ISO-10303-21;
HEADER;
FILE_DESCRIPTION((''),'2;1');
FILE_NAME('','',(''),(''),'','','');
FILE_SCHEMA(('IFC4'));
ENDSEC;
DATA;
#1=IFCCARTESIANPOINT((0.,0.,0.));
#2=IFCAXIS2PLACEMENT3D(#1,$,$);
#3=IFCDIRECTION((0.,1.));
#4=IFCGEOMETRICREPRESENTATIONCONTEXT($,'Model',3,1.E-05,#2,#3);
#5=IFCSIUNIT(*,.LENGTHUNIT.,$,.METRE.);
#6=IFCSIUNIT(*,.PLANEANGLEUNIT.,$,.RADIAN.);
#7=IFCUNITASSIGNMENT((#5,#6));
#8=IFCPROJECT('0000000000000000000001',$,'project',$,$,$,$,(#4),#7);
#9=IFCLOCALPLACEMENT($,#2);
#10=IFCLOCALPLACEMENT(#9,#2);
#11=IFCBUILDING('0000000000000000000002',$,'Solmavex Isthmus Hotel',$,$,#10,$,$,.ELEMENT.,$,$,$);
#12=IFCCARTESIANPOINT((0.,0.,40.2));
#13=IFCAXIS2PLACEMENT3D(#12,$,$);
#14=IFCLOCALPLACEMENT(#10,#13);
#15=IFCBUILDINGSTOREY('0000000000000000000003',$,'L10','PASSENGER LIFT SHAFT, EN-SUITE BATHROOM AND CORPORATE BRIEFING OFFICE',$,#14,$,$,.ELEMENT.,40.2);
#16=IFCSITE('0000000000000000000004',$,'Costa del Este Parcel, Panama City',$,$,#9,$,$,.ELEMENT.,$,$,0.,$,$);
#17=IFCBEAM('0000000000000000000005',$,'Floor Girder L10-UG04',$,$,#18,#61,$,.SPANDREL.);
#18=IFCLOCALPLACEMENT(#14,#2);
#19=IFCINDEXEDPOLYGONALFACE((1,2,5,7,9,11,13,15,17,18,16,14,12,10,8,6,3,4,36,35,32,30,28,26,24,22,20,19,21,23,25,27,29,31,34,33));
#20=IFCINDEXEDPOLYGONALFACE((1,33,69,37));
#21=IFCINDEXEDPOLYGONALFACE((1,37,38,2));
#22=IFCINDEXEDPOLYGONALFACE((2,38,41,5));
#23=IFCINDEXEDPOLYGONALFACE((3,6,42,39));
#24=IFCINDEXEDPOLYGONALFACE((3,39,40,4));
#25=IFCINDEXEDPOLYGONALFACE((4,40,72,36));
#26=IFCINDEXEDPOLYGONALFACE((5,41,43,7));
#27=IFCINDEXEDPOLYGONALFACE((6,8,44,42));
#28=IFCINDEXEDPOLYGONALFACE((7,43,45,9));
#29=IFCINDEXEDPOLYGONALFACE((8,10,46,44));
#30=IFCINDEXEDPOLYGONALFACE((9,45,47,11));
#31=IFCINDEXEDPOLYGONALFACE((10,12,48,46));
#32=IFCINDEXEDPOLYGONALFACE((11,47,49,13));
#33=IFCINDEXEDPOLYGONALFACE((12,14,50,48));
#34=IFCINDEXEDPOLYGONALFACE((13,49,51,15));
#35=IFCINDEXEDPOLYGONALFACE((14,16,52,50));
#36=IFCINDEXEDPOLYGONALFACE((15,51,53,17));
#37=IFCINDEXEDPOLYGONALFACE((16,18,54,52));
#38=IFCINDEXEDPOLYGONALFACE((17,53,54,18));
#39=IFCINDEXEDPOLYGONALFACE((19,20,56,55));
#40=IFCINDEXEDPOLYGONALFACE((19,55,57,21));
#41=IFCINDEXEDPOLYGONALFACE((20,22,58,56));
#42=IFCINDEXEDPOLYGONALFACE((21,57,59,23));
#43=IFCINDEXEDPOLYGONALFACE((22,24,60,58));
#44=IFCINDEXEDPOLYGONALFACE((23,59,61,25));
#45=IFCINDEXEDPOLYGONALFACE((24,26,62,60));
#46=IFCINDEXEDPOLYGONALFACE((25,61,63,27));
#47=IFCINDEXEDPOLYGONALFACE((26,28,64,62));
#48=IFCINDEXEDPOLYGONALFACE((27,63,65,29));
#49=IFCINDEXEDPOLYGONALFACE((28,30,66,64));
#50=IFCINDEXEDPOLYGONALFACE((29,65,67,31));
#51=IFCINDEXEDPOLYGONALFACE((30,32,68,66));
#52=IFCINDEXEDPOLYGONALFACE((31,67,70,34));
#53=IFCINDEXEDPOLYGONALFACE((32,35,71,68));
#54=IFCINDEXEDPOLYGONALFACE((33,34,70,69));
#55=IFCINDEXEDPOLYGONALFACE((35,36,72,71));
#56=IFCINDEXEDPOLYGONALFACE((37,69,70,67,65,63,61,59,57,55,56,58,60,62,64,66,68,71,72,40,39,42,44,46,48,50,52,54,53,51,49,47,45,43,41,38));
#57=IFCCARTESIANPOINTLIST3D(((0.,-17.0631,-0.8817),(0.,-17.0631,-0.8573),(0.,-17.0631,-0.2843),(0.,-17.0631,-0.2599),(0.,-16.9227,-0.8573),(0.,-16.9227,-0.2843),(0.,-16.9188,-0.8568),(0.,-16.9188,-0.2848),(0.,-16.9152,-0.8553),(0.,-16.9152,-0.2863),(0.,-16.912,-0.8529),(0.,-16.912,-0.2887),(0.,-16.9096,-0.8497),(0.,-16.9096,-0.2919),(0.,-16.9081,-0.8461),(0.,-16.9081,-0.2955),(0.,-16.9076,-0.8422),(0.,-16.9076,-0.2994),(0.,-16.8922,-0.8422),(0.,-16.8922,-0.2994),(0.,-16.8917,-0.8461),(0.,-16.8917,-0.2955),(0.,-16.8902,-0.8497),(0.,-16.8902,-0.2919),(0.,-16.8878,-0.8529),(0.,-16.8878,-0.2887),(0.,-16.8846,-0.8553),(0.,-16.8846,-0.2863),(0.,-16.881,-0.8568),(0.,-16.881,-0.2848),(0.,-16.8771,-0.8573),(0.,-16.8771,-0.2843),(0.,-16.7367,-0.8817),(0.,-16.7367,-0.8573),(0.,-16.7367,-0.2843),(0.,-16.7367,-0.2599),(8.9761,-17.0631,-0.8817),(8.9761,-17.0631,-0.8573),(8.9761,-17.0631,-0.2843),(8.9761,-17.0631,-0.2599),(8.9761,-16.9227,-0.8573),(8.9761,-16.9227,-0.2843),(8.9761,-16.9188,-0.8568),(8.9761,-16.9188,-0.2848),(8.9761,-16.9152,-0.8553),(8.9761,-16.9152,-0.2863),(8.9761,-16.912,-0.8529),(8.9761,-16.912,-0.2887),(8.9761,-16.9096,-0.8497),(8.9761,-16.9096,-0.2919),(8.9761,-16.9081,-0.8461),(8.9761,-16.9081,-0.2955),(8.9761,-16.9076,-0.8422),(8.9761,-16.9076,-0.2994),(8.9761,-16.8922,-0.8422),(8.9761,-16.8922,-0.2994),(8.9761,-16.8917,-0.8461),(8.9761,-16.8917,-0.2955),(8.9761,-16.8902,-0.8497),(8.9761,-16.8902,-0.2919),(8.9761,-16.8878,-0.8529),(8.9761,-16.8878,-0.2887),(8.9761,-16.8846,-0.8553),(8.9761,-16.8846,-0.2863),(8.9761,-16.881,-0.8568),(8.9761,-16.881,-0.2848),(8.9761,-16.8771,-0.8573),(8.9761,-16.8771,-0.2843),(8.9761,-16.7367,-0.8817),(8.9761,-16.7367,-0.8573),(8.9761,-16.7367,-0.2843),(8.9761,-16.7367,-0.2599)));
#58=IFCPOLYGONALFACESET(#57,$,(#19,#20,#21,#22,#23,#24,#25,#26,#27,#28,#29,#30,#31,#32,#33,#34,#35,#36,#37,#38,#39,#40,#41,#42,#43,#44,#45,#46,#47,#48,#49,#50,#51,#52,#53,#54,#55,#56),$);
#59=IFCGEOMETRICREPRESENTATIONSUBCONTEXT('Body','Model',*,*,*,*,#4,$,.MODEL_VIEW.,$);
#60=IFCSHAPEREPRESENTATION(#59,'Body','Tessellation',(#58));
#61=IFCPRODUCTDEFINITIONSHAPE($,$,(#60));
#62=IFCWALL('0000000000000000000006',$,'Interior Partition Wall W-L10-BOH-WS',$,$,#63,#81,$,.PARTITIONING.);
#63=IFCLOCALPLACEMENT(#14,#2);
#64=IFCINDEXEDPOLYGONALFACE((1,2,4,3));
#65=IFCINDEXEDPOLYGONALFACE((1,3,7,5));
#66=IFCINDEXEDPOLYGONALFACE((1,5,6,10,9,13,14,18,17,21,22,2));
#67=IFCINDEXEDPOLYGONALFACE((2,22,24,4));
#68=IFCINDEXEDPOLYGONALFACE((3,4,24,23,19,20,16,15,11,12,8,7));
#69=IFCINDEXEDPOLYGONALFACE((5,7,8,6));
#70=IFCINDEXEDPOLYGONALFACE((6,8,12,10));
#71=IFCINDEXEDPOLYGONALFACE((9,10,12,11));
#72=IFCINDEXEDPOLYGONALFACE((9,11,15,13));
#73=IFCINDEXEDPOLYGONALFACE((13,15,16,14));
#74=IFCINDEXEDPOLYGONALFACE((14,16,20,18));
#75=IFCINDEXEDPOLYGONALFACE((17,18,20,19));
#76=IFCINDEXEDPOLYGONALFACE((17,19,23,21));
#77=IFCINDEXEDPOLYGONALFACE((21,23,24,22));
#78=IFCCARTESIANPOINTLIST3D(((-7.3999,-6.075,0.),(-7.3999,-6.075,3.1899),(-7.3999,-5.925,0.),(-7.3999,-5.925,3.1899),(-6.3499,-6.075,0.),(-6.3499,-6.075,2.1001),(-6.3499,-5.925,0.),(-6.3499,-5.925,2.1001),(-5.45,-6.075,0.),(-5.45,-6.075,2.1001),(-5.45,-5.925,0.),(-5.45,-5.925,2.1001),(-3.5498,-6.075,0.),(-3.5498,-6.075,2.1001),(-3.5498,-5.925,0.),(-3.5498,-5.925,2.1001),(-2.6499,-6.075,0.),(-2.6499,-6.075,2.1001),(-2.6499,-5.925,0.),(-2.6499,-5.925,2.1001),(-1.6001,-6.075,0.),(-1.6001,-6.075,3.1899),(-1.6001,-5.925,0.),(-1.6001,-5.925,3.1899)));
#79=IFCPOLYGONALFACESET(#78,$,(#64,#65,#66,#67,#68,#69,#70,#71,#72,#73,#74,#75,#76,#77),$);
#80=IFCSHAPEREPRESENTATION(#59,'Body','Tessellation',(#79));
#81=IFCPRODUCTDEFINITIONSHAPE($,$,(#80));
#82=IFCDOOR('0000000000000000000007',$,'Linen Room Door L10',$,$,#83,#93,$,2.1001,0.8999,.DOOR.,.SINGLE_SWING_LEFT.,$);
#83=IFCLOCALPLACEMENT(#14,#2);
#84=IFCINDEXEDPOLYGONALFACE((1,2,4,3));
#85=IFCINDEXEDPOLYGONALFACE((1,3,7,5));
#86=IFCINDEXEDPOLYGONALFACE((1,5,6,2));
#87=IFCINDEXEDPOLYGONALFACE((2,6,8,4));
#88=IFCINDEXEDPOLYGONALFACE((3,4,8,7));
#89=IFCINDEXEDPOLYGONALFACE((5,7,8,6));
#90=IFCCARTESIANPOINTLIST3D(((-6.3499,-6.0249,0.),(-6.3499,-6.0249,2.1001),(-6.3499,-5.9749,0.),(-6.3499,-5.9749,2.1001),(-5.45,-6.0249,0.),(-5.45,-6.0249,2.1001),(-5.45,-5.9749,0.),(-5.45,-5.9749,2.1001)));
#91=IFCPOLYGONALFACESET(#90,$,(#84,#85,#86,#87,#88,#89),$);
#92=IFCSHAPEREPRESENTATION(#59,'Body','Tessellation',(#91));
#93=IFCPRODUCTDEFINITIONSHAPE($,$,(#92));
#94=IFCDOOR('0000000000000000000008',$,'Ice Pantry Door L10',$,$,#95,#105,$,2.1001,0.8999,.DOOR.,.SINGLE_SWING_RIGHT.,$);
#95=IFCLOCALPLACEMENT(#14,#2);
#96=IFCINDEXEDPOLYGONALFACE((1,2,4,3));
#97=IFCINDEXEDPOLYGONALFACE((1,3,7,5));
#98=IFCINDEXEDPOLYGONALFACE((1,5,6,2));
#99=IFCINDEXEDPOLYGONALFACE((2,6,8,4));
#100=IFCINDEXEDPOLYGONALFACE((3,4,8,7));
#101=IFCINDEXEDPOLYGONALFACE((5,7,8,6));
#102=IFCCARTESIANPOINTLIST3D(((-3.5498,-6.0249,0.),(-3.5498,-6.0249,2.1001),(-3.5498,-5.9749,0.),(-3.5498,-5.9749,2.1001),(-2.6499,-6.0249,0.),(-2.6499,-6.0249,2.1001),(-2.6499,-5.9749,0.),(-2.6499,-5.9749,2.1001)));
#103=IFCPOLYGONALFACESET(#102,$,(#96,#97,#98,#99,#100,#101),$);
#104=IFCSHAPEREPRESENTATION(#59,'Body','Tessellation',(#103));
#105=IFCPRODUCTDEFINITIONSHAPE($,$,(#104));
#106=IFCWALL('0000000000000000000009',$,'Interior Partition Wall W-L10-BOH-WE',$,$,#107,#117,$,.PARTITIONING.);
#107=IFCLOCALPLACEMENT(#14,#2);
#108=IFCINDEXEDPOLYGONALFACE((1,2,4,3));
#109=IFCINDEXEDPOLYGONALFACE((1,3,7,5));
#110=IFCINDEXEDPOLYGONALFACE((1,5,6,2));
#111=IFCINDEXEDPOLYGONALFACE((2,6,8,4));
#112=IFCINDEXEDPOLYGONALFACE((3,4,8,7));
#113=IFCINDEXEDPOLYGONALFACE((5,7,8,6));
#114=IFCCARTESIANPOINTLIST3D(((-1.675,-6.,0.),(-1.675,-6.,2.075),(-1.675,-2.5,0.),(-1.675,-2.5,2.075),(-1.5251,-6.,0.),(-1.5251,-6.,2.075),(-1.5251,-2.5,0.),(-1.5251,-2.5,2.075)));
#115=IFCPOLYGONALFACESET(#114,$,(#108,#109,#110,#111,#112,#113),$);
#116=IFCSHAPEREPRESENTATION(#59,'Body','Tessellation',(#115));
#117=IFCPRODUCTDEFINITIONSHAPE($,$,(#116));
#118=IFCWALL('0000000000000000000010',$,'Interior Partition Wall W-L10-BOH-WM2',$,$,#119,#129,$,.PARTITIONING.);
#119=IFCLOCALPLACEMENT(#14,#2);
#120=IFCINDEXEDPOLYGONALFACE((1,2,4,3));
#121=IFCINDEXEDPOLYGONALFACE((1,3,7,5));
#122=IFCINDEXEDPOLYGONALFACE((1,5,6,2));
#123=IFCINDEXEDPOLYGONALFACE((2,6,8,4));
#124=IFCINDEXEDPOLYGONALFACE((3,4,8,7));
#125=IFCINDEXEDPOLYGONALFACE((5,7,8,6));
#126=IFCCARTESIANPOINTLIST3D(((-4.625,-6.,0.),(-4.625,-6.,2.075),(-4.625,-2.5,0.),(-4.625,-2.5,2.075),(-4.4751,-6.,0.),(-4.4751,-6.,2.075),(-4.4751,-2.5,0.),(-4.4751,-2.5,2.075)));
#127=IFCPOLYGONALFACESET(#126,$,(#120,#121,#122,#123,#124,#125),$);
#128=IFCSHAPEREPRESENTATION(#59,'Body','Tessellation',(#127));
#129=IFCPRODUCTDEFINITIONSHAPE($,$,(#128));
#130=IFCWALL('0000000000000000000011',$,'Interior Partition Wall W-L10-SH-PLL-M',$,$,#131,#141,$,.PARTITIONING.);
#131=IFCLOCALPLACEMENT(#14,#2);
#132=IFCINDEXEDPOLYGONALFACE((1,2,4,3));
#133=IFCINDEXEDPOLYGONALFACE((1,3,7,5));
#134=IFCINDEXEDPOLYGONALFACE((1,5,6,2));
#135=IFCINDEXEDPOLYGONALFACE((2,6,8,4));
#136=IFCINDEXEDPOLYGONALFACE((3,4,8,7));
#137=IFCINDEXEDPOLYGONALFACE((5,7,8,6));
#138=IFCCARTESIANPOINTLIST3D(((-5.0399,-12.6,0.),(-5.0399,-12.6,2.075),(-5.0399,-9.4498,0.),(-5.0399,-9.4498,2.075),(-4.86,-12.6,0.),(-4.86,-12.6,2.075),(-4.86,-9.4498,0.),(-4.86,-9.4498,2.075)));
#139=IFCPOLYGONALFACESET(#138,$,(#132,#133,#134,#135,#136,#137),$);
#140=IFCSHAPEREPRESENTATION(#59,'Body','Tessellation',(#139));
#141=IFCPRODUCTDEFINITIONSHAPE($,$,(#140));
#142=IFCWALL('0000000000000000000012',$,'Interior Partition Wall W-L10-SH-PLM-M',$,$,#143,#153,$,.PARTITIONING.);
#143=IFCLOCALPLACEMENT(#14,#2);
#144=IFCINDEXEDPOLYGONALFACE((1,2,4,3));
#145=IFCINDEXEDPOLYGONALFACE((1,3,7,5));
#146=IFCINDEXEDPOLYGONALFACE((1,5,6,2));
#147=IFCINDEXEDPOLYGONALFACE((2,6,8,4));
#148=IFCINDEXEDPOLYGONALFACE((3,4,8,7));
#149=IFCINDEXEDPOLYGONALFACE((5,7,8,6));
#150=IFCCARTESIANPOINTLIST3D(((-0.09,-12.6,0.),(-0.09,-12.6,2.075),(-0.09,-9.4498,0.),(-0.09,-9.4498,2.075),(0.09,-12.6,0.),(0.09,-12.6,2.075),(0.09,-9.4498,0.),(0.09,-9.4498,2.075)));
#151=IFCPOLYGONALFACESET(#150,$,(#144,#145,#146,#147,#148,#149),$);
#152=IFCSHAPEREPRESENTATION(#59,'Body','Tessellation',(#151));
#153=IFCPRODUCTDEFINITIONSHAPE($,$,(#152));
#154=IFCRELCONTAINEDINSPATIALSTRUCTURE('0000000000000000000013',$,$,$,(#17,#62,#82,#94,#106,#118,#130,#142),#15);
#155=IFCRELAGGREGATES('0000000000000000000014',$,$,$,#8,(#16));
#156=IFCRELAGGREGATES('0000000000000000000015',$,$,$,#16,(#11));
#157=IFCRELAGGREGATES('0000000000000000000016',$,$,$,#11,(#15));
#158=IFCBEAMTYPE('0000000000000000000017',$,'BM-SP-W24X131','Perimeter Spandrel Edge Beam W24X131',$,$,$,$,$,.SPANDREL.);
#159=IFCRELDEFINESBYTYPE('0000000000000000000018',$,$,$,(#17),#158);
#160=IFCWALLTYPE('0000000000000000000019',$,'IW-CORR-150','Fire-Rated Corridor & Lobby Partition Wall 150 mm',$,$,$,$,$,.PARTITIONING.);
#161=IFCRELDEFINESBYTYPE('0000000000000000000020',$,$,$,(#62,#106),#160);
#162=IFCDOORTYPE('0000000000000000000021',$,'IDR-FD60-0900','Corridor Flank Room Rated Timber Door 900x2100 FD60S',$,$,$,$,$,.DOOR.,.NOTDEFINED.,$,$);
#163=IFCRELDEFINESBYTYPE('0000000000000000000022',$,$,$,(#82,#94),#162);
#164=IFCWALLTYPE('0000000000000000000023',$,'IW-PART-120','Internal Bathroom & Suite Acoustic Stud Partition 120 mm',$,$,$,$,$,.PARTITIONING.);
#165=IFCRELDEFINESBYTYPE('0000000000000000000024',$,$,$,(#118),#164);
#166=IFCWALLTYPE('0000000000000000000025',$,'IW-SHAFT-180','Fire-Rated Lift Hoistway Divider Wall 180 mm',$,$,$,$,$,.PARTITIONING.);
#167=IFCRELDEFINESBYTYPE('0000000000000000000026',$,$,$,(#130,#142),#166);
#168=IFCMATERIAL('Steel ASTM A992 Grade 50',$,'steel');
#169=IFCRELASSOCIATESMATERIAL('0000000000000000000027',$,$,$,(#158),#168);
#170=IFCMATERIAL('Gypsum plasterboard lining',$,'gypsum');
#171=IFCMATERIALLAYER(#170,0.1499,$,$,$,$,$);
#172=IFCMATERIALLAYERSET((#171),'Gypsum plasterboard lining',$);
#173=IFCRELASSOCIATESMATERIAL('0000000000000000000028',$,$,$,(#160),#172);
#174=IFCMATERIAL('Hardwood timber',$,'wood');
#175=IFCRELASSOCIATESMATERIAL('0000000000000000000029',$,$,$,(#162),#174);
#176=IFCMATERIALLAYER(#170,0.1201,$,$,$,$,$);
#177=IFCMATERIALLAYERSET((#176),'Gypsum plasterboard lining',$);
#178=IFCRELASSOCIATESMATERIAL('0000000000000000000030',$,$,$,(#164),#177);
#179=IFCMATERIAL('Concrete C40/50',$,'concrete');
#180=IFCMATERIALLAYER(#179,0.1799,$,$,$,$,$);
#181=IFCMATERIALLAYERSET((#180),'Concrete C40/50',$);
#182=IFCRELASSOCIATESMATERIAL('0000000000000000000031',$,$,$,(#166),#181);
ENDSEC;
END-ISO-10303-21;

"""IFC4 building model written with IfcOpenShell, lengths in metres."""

from ifc_helpers import new_model, si_unit, direction, frame, frame_2d, origin, origin_2d, place, context, subcontext, project, spatial, rectangle, i_section, extrude, material, layer, layer_set, material_profile, profile_set, type_object, element, fill, save


model = new_model("IFC4")

# Units and contexts
model_context = context("Model", 3, precision=1e-05, world=origin(), true_north=direction((0.0, 1.0)))
body_context = subcontext(model_context, "Body", "Model", "MODEL_VIEW")
ifc_project = project(units=[si_unit("LENGTHUNIT", "METRE"), si_unit("PLANEANGLEUNIT", "RADIAN")], contexts=[model_context])

# Site, building, storey
site_placement = place(None, origin())
site = spatial("IfcSite", under=ifc_project, at=site_placement, Name="Costa del Este Parcel, Panama City", CompositionType="ELEMENT", RefElevation=0.0)
building_placement = place(site_placement, origin())
building = spatial("IfcBuilding", under=site, at=building_placement, Name="Solmavex Isthmus Hotel", CompositionType="ELEMENT")
storey_placement = place(building_placement, frame((0.0, 0.0, 40.2)))
storey = spatial("IfcBuildingStorey", under=building, at=storey_placement, Name="L10", Description="PASSENGER LIFT SHAFT, EN-SUITE BATHROOM AND CORPORATE BRIEFING OFFICE", CompositionType="ELEMENT", Elevation=40.2)

# Beam
ifc_material_1 = material(Name="Steel ASTM A992 Grade 50", Category="steel")
ifc_material_profile_1 = material_profile(ifc_material_1, i_section(OverallWidth=0.3264, OverallDepth=0.6218, WebThickness=0.0154, FlangeThickness=0.0244, FilletRadius=0.0151, at=origin_2d()), Name="W24X131")
ifc_profile_set_1 = profile_set([ifc_material_profile_1], Name="Steel ASTM A992 Grade 50")
beam_type_1 = type_object("IfcBeamType", Name="BM-SP-W24X131", Description="Perimeter Spandrel Edge Beam W24X131", PredefinedType="SPANDREL", material=ifc_profile_set_1)
beam_1_placement = place(storey_placement, frame((0.0, -16.8999, -0.5708), z_axis=(1.0, 0.0, 0.0), x_axis=(0.0, 1.0, 0.0)))
element("IfcBeam", 1, at=beam_1_placement, inside=storey, type_object=beam_type_1, Name="Floor Girder L10-UG04", PredefinedType="SPANDREL", context=body_context, shape_type="SweptSolid", body=[
    extrude(i_section(OverallWidth=0.3264, OverallDepth=0.6218, WebThickness=0.0154, FlangeThickness=0.0244, FilletRadius=0.0151, at=origin_2d()), origin(), (0.0, 0.0, 1.0), 8.9761),
])

# Wall, openings, doors
ifc_material_2 = material(Name="Gypsum plasterboard lining", Category="gypsum")
ifc_layer_1 = layer(ifc_material_2, 0.1499)
ifc_layer_set_1 = layer_set([ifc_layer_1], Name="Gypsum plasterboard lining")
wall_type_1 = type_object("IfcWallType", Name="IW-CORR-150", Description="Fire-Rated Corridor & Lobby Partition Wall 150 mm", PredefinedType="PARTITIONING", material=ifc_layer_set_1)
wall_1_placement = place(storey_placement, frame((-7.3999, -6.0, 0.0), z_axis=(0.0, 0.0, 1.0), x_axis=(1.0, 0.0, 0.0)))
wall_1 = element("IfcWall", 2, at=wall_1_placement, inside=storey, type_object=wall_type_1, Name="Interior Partition Wall W-L10-BOH-WS", PredefinedType="PARTITIONING", context=body_context, shape_type="SweptSolid", body=[
    extrude(rectangle(XDim=5.7998, YDim=0.1499, at=frame_2d((2.8999, 0.0))), origin(), (0.0, 0.0, 1.0), 3.1899),
])
opening_1_placement = place(wall_1_placement, frame((1.05, 0.0, 0.0)))
opening_1 = element("IfcOpeningElement", 3, at=opening_1_placement, cuts=wall_1, PredefinedType="OPENING", context=body_context, shape_type="SweptSolid", body=[
    extrude(rectangle(XDim=0.8999, YDim=2.1001, at=frame_2d((0.45, 1.05))), frame((0.0, 0.085, 0.0), z_axis=(0.0, -1.0, 0.0), x_axis=(1.0, 0.0, 0.0)), (0.0, 0.0, 1.0), 0.1699),
])
opening_2_placement = place(wall_1_placement, frame((3.8501, 0.0, 0.0)))
opening_2 = element("IfcOpeningElement", 4, at=opening_2_placement, cuts=wall_1, PredefinedType="OPENING", context=body_context, shape_type="SweptSolid", body=[
    extrude(rectangle(XDim=0.8999, YDim=2.1001, at=frame_2d((0.45, 1.05))), frame((0.0, 0.085, 0.0), z_axis=(0.0, -1.0, 0.0), x_axis=(1.0, 0.0, 0.0)), (0.0, 0.0, 1.0), 0.1699),
])
ifc_material_3 = material(Name="Hardwood timber", Category="wood")
door_type_1 = type_object("IfcDoorType", Name="IDR-FD60-0900", Description="Corridor Flank Room Rated Timber Door 900x2100 FD60S", OperationType="NOTDEFINED", PredefinedType="DOOR", material=ifc_material_3)
door_1_placement = place(opening_1_placement, frame((0.8999, 0.0, 0.0), z_axis=(0.0, 0.0, 1.0), x_axis=(-1.0, 0.0, 0.0)))
door_1 = element("IfcDoor", 5, at=door_1_placement, inside=storey, type_object=door_type_1, Name="Linen Room Door L10", OperationType="SINGLE_SWING_LEFT", OverallHeight=2.1001, OverallWidth=0.8999, PredefinedType="DOOR", context=body_context, shape_type="SweptSolid", body=[
    extrude(rectangle(XDim=0.8999, YDim=2.1001, at=frame_2d((0.45, 1.05))), frame((0.0, 0.0249, 0.0), z_axis=(0.0, -1.0, 0.0), x_axis=(1.0, 0.0, 0.0)), (0.0, 0.0, 1.0), 0.05),
])
fill(opening_1, door_1)
door_2_placement = place(opening_2_placement, frame((0.8999, 0.0, 0.0), z_axis=(0.0, 0.0, 1.0), x_axis=(-1.0, 0.0, 0.0)))
door_2 = element("IfcDoor", 6, at=door_2_placement, inside=storey, type_object=door_type_1, Name="Ice Pantry Door L10", OperationType="SINGLE_SWING_RIGHT", OverallHeight=2.1001, OverallWidth=0.8999, PredefinedType="DOOR", context=body_context, shape_type="SweptSolid", body=[
    extrude(rectangle(XDim=0.8999, YDim=2.1001, at=frame_2d((0.45, 1.05))), frame((0.0, 0.0249, 0.0), z_axis=(0.0, -1.0, 0.0), x_axis=(1.0, 0.0, 0.0)), (0.0, 0.0, 1.0), 0.05),
])
fill(opening_2, door_2)

# Walls
wall_2_placement = place(storey_placement, frame((-1.6001, -6.0, 0.0), z_axis=(0.0, 0.0, 1.0), x_axis=(0.0, 1.0, 0.0)))
element("IfcWall", 7, at=wall_2_placement, inside=storey, type_object=wall_type_1, Name="Interior Partition Wall W-L10-BOH-WE", PredefinedType="PARTITIONING", context=body_context, shape_type="SweptSolid", body=[
    extrude(rectangle(XDim=3.5, YDim=0.1499, at=frame_2d((1.75, 0.0))), origin(), (0.0, 0.0, 1.0), 2.075),
])
ifc_layer_2 = layer(ifc_material_2, 0.1201)
ifc_layer_set_2 = layer_set([ifc_layer_2], Name="Gypsum plasterboard lining")
wall_type_2 = type_object("IfcWallType", Name="IW-PART-120", Description="Internal Bathroom & Suite Acoustic Stud Partition 120 mm", PredefinedType="PARTITIONING", material=ifc_layer_set_2)
wall_3_placement = place(storey_placement, frame((-4.55, -6.0, 0.0), z_axis=(0.0, 0.0, 1.0), x_axis=(0.0, 1.0, 0.0)))
element("IfcWall", 8, at=wall_3_placement, inside=storey, type_object=wall_type_2, Name="Interior Partition Wall W-L10-BOH-WM2", PredefinedType="PARTITIONING", context=body_context, shape_type="SweptSolid", body=[
    extrude(rectangle(XDim=3.5, YDim=0.1499, at=frame_2d((1.75, 0.0))), origin(), (0.0, 0.0, 1.0), 2.075),
])
ifc_material_4 = material(Name="Concrete C40/50", Category="concrete")
ifc_layer_3 = layer(ifc_material_4, 0.1799)
ifc_layer_set_3 = layer_set([ifc_layer_3], Name="Concrete C40/50")
wall_type_3 = type_object("IfcWallType", Name="IW-SHAFT-180", Description="Fire-Rated Lift Hoistway Divider Wall 180 mm", PredefinedType="PARTITIONING", material=ifc_layer_set_3)
for number, where, z_axis, x_axis, name in (
    (9, (-4.95, -12.6001, 0.0), (0.0, 0.0, 1.0), (0.0, 1.0, 0.0), "Interior Partition Wall W-L10-SH-PLL-M"),
    (10, (0.0, -12.6001, 0.0), (0.0, 0.0, 1.0), (0.0, 1.0, 0.0), "Interior Partition Wall W-L10-SH-PLM-M"),
):
    element("IfcWall", number, at=place(storey_placement, frame(where, z_axis=z_axis, x_axis=x_axis)), inside=storey, type_object=wall_type_3, Name=name, PredefinedType="PARTITIONING", context=body_context, shape_type="SweptSolid", body=[
        extrude(rectangle(XDim=3.1501, YDim=0.1799, at=frame_2d((1.5752, 0.0))), origin(), (0.0, 0.0, 1.0), 2.075),
    ])

save(model, "model.ifc")
